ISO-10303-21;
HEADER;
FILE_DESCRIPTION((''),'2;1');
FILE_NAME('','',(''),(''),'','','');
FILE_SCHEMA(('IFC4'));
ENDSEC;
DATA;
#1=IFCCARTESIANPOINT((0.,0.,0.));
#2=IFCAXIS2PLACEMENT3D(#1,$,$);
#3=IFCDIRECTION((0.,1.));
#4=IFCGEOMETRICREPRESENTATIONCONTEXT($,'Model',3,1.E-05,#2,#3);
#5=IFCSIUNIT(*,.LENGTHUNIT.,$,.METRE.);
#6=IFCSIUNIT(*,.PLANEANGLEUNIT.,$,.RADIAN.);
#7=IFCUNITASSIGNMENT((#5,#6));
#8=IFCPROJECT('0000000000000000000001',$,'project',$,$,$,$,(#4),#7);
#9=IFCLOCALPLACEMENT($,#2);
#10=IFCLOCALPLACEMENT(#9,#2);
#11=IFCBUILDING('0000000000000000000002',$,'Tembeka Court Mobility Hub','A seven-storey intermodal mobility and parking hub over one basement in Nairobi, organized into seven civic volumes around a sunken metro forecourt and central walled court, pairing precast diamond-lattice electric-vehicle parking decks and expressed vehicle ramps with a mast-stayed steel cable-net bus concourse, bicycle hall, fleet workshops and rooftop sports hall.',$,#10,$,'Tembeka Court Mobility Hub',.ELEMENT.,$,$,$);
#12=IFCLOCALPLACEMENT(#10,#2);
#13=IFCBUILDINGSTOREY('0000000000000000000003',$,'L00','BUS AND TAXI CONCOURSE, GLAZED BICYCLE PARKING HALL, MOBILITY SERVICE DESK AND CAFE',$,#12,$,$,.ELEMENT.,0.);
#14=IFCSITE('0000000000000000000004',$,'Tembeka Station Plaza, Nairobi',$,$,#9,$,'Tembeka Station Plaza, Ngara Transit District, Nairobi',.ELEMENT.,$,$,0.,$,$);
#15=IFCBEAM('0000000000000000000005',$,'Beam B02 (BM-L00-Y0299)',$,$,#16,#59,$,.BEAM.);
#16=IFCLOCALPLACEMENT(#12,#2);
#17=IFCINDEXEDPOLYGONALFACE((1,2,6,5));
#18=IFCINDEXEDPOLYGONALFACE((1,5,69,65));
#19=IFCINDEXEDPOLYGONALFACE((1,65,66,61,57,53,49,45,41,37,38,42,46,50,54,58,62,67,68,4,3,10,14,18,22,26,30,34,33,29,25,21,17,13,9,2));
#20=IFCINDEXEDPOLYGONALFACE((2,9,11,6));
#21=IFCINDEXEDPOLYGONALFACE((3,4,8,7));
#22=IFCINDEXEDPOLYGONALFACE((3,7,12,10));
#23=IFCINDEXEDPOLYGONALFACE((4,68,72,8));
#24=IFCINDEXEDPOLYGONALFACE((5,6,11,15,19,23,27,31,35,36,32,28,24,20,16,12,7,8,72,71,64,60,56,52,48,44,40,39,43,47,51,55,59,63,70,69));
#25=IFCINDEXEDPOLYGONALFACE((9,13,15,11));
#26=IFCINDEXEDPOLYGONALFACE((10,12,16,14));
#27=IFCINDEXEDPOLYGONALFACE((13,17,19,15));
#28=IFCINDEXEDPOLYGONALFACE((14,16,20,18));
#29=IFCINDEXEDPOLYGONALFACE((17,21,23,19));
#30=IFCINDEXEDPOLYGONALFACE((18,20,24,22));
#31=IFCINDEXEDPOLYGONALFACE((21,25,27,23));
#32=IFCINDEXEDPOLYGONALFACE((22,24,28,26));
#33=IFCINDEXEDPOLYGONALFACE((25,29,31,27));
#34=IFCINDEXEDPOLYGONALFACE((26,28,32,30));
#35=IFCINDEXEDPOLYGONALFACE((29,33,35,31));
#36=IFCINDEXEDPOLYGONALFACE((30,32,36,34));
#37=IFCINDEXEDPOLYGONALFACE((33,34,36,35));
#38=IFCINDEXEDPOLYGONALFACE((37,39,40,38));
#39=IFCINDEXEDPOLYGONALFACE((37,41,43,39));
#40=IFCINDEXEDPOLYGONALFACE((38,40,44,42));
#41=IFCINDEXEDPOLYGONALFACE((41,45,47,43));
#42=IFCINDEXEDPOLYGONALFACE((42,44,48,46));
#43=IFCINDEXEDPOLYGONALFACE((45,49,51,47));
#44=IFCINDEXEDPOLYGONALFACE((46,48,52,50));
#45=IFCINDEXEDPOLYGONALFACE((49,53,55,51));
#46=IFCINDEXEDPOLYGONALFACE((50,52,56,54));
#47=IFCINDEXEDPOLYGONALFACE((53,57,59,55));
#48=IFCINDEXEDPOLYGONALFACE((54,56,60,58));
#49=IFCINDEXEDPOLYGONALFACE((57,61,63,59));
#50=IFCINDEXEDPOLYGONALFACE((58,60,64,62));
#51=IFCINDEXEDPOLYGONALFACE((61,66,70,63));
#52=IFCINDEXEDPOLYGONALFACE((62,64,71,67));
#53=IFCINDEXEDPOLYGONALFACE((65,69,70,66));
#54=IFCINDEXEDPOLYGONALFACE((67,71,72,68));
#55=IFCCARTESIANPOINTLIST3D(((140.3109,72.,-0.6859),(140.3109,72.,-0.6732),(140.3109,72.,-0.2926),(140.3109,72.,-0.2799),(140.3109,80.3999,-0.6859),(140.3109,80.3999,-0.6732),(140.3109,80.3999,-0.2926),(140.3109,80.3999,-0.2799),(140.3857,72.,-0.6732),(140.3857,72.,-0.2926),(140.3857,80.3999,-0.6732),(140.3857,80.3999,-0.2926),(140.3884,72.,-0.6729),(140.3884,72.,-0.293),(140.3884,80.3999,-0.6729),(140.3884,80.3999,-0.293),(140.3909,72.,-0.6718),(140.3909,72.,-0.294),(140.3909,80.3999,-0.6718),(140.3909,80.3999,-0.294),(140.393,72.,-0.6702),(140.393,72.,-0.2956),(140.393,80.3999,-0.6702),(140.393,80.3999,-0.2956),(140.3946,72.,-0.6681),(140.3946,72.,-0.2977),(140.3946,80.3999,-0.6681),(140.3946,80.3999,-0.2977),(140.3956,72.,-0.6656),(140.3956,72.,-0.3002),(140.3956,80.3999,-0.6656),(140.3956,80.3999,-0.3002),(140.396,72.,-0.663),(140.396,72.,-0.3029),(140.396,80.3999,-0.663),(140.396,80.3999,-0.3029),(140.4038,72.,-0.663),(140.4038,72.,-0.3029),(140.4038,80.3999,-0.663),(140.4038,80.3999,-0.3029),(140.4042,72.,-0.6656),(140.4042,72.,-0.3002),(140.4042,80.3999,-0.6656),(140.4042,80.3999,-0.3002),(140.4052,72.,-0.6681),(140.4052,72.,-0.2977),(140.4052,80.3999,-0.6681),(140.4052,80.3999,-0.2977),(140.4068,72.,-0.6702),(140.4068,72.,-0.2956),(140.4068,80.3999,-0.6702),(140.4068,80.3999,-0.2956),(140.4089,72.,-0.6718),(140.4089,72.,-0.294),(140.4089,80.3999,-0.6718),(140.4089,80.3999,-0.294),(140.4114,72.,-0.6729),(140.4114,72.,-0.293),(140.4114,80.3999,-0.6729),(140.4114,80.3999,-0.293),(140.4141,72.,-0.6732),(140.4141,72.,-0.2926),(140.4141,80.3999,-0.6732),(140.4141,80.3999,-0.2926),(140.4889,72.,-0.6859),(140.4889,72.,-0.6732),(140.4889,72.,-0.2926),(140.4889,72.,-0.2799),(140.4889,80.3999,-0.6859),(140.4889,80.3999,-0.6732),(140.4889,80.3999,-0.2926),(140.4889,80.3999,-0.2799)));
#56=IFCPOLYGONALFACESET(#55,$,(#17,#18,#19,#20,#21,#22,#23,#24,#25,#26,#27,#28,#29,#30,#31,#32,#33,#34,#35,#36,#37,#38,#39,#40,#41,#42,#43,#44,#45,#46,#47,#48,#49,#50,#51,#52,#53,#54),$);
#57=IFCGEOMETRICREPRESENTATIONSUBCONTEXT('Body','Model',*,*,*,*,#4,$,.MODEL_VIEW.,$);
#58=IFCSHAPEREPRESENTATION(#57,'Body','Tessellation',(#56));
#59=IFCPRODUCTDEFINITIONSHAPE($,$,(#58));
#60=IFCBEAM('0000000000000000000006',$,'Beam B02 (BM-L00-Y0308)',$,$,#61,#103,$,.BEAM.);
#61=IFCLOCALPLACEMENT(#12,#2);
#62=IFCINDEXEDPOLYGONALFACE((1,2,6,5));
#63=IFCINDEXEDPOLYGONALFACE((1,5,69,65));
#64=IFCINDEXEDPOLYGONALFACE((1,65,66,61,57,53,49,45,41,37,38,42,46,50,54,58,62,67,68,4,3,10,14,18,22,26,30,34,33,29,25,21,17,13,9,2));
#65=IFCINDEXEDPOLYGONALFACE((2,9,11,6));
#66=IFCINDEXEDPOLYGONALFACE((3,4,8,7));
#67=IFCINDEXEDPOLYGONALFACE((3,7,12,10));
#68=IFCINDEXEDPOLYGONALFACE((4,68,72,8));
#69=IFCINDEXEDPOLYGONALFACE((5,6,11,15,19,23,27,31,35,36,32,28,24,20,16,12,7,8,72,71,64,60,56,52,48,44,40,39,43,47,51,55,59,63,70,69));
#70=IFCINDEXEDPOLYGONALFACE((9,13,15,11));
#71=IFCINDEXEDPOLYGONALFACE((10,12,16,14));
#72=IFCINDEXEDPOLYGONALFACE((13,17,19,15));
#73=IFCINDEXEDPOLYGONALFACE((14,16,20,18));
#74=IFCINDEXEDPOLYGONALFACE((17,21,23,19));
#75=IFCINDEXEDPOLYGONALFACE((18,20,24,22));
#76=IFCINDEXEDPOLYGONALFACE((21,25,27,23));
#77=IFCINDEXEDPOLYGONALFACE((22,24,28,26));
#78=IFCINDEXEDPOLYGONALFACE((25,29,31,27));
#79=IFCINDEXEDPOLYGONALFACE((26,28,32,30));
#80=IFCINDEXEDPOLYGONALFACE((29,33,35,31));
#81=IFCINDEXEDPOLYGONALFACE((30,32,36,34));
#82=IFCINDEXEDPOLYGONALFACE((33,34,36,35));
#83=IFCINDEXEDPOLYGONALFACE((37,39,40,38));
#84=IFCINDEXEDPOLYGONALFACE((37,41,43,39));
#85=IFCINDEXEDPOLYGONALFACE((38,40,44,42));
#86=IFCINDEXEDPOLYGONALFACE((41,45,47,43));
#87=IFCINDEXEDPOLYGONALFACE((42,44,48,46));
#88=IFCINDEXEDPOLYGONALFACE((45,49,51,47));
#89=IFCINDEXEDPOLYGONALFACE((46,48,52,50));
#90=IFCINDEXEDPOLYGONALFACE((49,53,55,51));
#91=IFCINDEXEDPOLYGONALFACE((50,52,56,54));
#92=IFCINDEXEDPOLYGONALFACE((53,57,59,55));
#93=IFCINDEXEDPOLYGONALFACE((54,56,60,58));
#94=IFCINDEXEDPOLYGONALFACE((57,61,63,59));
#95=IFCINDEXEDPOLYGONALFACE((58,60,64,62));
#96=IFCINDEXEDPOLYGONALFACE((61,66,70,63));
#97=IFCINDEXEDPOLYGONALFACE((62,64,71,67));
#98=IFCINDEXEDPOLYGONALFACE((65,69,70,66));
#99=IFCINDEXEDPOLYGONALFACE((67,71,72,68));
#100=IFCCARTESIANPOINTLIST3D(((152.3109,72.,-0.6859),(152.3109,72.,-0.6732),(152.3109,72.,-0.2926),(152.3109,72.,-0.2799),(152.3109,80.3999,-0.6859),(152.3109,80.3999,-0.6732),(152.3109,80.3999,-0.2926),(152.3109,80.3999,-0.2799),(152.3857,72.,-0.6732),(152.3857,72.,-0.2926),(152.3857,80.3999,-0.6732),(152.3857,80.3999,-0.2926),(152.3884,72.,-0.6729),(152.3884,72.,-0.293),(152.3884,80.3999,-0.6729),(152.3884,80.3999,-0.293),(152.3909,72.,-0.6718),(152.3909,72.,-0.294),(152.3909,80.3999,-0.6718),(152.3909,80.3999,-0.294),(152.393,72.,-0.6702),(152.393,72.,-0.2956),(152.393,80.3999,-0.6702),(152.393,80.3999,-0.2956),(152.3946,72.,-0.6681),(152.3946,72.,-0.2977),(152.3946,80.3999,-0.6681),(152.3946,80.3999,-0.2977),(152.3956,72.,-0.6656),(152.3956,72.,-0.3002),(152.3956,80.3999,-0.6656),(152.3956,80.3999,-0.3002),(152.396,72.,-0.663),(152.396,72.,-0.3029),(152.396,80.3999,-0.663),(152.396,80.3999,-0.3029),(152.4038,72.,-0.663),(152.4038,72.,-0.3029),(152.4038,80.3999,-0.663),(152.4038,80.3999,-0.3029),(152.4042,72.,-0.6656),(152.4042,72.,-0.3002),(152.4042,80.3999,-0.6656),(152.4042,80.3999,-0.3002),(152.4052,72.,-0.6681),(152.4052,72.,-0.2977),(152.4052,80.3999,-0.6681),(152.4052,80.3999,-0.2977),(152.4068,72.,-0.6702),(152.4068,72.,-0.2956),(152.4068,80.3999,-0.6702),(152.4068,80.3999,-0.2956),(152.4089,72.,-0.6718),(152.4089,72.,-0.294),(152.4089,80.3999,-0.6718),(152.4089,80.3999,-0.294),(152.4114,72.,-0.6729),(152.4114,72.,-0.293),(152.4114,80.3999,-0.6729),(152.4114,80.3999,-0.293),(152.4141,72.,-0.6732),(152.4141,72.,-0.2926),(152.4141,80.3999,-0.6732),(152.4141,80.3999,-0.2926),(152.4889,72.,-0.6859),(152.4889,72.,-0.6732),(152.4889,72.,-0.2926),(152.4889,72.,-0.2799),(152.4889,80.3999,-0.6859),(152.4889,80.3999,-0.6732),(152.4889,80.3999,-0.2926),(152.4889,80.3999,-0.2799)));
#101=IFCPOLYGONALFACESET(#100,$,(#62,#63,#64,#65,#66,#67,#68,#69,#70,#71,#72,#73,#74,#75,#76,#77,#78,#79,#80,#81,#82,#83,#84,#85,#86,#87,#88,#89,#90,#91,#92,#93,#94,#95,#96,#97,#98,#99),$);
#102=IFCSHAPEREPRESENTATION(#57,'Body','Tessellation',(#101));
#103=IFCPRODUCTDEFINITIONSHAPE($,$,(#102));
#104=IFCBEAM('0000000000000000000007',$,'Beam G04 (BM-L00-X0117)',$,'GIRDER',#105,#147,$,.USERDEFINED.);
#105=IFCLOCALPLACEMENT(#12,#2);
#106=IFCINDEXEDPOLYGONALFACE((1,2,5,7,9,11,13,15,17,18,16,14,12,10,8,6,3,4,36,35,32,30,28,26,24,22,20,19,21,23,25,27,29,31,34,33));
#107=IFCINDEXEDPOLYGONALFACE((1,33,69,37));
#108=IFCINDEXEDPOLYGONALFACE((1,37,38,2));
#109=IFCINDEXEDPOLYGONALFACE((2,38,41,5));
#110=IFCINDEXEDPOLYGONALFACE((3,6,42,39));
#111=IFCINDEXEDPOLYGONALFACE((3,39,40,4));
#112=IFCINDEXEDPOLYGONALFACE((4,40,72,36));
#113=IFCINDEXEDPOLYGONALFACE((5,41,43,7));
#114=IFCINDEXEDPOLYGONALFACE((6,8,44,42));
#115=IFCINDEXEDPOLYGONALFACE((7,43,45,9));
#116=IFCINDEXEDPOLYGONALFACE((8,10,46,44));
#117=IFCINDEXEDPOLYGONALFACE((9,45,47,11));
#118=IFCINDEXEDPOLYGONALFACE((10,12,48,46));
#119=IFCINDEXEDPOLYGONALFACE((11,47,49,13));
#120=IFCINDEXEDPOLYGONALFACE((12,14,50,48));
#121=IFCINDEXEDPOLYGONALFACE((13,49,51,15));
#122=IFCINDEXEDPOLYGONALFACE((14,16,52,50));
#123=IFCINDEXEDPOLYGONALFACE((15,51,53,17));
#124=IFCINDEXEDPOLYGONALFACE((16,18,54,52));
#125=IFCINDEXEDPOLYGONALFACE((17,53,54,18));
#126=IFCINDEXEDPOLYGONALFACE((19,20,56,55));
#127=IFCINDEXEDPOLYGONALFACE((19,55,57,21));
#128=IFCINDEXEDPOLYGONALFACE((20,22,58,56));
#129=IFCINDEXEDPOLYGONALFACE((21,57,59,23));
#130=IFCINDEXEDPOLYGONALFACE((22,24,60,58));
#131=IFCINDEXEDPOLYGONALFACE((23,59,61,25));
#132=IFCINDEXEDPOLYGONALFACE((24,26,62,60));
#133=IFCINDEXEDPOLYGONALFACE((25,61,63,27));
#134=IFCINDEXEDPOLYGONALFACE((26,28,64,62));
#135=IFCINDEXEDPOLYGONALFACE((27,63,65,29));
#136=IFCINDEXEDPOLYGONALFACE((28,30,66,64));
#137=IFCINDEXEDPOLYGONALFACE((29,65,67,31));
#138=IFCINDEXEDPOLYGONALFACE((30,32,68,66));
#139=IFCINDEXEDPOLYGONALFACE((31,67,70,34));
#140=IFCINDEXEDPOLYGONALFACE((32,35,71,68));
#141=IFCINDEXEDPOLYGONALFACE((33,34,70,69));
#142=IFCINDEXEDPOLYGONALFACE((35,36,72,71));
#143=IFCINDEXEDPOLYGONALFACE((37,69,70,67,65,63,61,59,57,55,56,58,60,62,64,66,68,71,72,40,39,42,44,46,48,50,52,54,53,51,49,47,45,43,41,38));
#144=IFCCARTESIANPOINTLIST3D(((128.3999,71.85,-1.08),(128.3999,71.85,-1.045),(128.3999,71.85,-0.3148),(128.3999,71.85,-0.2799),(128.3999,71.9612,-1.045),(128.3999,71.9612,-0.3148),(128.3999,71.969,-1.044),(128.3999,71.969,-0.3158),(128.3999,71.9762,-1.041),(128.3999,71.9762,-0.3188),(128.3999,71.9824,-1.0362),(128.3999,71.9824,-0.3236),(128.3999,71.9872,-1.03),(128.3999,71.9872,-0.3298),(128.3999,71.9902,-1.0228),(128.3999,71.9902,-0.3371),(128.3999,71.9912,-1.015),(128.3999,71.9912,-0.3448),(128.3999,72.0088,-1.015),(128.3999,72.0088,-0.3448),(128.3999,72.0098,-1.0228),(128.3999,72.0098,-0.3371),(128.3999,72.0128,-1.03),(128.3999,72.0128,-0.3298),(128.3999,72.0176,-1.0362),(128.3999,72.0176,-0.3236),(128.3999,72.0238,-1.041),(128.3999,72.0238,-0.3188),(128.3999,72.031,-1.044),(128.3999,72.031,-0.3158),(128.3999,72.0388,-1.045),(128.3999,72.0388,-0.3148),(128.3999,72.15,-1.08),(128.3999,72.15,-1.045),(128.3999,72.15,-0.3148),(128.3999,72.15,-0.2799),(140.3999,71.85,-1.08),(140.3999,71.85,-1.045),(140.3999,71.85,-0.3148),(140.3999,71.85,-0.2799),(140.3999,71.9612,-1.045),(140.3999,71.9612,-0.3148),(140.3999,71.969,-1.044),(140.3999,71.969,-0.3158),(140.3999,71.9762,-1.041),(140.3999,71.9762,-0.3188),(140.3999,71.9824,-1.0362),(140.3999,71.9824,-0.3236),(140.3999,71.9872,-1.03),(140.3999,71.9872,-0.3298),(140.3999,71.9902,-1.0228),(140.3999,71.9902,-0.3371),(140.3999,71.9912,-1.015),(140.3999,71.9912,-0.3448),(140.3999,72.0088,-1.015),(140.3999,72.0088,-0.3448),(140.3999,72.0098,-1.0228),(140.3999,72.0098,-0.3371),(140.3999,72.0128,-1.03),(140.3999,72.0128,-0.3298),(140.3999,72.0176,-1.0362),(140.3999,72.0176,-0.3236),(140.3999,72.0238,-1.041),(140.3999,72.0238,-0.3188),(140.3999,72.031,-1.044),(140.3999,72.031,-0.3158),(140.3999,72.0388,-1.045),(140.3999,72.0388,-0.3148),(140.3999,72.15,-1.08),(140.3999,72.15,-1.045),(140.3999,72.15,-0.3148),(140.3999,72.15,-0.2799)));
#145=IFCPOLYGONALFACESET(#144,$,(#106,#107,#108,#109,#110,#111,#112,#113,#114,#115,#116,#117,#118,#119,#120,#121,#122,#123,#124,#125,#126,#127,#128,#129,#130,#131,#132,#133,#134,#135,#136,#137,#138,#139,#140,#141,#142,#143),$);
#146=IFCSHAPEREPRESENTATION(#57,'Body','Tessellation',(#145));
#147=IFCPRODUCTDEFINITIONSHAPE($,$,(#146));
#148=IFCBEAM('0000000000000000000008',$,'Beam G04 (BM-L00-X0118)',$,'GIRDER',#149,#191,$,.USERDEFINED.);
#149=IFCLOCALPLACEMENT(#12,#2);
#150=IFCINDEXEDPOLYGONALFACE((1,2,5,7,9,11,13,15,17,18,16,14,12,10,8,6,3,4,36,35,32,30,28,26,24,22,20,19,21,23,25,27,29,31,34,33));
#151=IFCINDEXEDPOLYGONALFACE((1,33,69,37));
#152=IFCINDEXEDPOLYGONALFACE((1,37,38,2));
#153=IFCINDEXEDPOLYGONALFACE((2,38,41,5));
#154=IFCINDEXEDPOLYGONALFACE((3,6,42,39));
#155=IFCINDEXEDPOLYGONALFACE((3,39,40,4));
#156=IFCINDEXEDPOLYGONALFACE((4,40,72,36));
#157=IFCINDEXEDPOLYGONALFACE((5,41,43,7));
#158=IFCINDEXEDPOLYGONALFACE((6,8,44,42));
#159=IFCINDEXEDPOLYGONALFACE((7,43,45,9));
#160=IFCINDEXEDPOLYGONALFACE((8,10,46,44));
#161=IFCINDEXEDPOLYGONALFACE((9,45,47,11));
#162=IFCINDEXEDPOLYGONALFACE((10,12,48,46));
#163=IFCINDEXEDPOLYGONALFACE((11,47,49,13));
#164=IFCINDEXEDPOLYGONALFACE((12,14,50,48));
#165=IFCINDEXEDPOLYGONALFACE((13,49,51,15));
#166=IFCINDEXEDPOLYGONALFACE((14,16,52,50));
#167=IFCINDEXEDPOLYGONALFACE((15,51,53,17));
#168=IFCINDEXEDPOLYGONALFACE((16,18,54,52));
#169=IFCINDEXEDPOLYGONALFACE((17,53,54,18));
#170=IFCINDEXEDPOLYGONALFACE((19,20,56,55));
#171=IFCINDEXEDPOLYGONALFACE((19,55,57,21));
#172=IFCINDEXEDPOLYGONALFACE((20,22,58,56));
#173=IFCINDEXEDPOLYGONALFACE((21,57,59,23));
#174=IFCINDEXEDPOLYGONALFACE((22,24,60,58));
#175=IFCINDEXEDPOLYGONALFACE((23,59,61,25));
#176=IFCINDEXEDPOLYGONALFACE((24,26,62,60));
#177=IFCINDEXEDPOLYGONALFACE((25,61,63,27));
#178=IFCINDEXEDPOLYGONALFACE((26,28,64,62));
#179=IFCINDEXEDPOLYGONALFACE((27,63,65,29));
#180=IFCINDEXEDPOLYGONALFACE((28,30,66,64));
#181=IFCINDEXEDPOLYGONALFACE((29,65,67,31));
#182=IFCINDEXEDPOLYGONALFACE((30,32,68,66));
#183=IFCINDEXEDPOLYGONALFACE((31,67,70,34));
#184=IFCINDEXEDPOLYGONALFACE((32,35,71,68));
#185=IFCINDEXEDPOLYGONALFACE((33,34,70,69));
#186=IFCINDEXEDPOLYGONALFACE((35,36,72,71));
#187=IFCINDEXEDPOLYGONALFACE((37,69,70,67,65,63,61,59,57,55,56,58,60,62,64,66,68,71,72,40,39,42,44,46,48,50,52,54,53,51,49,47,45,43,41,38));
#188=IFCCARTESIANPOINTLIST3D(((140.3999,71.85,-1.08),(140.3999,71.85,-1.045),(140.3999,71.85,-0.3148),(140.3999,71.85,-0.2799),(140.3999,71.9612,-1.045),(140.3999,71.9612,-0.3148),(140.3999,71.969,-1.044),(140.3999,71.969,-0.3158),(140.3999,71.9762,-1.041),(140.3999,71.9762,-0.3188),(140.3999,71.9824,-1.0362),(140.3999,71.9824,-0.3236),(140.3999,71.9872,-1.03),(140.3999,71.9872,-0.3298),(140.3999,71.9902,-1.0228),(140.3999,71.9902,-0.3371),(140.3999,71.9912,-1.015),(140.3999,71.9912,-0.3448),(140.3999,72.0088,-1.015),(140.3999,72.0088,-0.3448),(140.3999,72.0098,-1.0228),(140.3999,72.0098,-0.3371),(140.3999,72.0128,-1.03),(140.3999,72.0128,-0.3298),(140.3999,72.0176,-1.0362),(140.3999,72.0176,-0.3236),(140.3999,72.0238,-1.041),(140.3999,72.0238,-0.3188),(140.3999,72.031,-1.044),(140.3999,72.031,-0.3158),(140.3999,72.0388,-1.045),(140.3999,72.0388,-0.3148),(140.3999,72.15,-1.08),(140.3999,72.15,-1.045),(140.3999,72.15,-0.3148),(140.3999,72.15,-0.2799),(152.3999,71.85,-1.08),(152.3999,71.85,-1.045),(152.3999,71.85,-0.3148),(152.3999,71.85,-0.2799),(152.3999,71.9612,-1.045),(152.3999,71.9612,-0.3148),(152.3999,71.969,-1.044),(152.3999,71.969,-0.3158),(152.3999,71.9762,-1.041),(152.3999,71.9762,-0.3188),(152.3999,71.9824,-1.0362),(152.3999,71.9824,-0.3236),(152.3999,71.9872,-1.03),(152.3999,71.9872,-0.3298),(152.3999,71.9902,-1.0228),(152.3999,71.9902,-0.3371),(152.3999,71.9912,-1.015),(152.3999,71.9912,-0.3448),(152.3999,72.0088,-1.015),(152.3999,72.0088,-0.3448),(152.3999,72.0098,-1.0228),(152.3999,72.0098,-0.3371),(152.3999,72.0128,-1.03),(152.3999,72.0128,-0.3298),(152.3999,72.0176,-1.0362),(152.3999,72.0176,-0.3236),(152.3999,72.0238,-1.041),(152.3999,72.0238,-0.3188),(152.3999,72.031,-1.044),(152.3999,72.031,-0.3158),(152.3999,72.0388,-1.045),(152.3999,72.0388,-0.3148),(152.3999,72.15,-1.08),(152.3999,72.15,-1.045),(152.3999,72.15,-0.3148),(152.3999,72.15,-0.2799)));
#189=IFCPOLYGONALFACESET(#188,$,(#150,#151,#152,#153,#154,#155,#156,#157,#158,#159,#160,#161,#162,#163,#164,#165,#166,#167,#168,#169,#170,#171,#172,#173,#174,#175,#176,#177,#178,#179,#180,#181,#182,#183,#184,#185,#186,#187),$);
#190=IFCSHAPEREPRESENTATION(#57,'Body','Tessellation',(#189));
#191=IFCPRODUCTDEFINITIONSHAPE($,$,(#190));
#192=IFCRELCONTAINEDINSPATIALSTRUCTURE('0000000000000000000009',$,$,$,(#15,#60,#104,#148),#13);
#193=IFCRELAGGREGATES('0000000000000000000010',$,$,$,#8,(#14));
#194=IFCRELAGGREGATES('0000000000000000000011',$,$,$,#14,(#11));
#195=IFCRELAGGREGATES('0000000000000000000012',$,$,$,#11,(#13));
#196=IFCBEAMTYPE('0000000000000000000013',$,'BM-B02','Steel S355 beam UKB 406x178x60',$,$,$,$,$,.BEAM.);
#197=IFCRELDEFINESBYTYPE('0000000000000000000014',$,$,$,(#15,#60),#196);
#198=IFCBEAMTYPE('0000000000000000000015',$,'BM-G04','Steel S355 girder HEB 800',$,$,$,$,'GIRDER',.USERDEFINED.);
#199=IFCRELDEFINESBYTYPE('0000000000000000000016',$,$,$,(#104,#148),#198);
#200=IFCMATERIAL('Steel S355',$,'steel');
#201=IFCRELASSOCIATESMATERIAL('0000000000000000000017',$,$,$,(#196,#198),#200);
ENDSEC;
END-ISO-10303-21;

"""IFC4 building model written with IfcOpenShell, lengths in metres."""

from ifc_helpers import new_model, si_unit, direction, frame, origin, origin_2d, place, context, subcontext, project, spatial, i_section, extrude, material, material_profile, profile_set, type_object, element, save


model = new_model("IFC4")

# Units and contexts
model_context = context("Model", 3, precision=1e-05, world=origin(), true_north=direction((0.0, 1.0)))
body_context = subcontext(model_context, "Body", "Model", "MODEL_VIEW")
ifc_project = project(units=[si_unit("LENGTHUNIT", "METRE"), si_unit("PLANEANGLEUNIT", "RADIAN")], contexts=[model_context])

# Site, building, storey
site_placement = place(None, origin())
site = spatial("IfcSite", under=ifc_project, at=site_placement, Name="Tembeka Station Plaza, Nairobi", LongName="Tembeka Station Plaza, Ngara Transit District, Nairobi", CompositionType="ELEMENT", RefElevation=0.0)
building_placement = place(site_placement, origin())
building = spatial("IfcBuilding", under=site, at=building_placement, Name="Tembeka Court Mobility Hub", Description="A seven-storey intermodal mobility and parking hub over one basement in Nairobi, organized into seven civic volumes around a sunken metro forecourt and central walled court, pairing precast diamond-lattice electric-vehicle parking decks and expressed vehicle ramps with a mast-stayed steel cable-net bus concourse, bicycle hall, fleet workshops and rooftop sports hall.", LongName="Tembeka Court Mobility Hub", CompositionType="ELEMENT")
storey_placement = place(building_placement, origin())
storey = spatial("IfcBuildingStorey", under=building, at=storey_placement, Name="L00", Description="BUS AND TAXI CONCOURSE, GLAZED BICYCLE PARKING HALL, MOBILITY SERVICE DESK AND CAFE", CompositionType="ELEMENT", Elevation=0.0)

# Shared definitions
ifc_material = material(Name="Steel S355", Category="steel")

# Beams
ifc_material_profile_1 = material_profile(ifc_material, i_section(OverallWidth=0.178, OverallDepth=0.406, WebThickness=0.0078, FlangeThickness=0.0127, FilletRadius=0.0103, at=origin_2d()), Name="UKB 406x178x60")
ifc_profile_set_1 = profile_set([ifc_material_profile_1], Name="Steel S355")
beam_type_1 = type_object("IfcBeamType", Name="BM-B02", Description="Steel S355 beam UKB 406x178x60", PredefinedType="BEAM", material=ifc_profile_set_1)
for number, where, z_axis, x_axis, name in (
    (1, (140.3999, 72.0, -0.4829), (0.0, 1.0, 0.0), (-1.0, 0.0, 0.0), "Beam B02 (BM-L00-Y0299)"),
    (2, (152.3999, 72.0, -0.4829), (0.0, 1.0, 0.0), (-1.0, 0.0, 0.0), "Beam B02 (BM-L00-Y0308)"),
):
    element("IfcBeam", number, at=place(storey_placement, frame(where, z_axis=z_axis, x_axis=x_axis)), inside=storey, type_object=beam_type_1, Name=name, PredefinedType="BEAM", context=body_context, shape_type="SweptSolid", body=[
        extrude(i_section(OverallWidth=0.178, OverallDepth=0.406, WebThickness=0.0078, FlangeThickness=0.0127, FilletRadius=0.0103, at=origin_2d()), origin(), (0.0, 0.0, 1.0), 8.3999),
    ])
ifc_material_profile_2 = material_profile(ifc_material, i_section(OverallWidth=0.3, OverallDepth=0.8, WebThickness=0.0176, FlangeThickness=0.0349, FilletRadius=0.03, at=origin_2d()), Name="HEB 800")
ifc_profile_set_2 = profile_set([ifc_material_profile_2], Name="Steel S355")
beam_type_2 = type_object("IfcBeamType", Name="BM-G04", Description="Steel S355 girder HEB 800", ElementType="GIRDER", PredefinedType="USERDEFINED", material=ifc_profile_set_2)
for number, where, z_axis, x_axis, name in (
    (3, (128.3999, 72.0, -0.6799), (1.0, 0.0, 0.0), (0.0, 1.0, 0.0), "Beam G04 (BM-L00-X0117)"),
    (4, (140.3999, 72.0, -0.6799), (1.0, 0.0, 0.0), (0.0, 1.0, 0.0), "Beam G04 (BM-L00-X0118)"),
):
    element("IfcBeam", number, at=place(storey_placement, frame(where, z_axis=z_axis, x_axis=x_axis)), inside=storey, type_object=beam_type_2, Name=name, ObjectType="GIRDER", PredefinedType="USERDEFINED", context=body_context, shape_type="SweptSolid", body=[
        extrude(i_section(OverallWidth=0.3, OverallDepth=0.8, WebThickness=0.0176, FlangeThickness=0.0349, FilletRadius=0.03, at=origin_2d()), origin(), (0.0, 0.0, 1.0), 12.0),
    ])

save(model, "model.ifc")
